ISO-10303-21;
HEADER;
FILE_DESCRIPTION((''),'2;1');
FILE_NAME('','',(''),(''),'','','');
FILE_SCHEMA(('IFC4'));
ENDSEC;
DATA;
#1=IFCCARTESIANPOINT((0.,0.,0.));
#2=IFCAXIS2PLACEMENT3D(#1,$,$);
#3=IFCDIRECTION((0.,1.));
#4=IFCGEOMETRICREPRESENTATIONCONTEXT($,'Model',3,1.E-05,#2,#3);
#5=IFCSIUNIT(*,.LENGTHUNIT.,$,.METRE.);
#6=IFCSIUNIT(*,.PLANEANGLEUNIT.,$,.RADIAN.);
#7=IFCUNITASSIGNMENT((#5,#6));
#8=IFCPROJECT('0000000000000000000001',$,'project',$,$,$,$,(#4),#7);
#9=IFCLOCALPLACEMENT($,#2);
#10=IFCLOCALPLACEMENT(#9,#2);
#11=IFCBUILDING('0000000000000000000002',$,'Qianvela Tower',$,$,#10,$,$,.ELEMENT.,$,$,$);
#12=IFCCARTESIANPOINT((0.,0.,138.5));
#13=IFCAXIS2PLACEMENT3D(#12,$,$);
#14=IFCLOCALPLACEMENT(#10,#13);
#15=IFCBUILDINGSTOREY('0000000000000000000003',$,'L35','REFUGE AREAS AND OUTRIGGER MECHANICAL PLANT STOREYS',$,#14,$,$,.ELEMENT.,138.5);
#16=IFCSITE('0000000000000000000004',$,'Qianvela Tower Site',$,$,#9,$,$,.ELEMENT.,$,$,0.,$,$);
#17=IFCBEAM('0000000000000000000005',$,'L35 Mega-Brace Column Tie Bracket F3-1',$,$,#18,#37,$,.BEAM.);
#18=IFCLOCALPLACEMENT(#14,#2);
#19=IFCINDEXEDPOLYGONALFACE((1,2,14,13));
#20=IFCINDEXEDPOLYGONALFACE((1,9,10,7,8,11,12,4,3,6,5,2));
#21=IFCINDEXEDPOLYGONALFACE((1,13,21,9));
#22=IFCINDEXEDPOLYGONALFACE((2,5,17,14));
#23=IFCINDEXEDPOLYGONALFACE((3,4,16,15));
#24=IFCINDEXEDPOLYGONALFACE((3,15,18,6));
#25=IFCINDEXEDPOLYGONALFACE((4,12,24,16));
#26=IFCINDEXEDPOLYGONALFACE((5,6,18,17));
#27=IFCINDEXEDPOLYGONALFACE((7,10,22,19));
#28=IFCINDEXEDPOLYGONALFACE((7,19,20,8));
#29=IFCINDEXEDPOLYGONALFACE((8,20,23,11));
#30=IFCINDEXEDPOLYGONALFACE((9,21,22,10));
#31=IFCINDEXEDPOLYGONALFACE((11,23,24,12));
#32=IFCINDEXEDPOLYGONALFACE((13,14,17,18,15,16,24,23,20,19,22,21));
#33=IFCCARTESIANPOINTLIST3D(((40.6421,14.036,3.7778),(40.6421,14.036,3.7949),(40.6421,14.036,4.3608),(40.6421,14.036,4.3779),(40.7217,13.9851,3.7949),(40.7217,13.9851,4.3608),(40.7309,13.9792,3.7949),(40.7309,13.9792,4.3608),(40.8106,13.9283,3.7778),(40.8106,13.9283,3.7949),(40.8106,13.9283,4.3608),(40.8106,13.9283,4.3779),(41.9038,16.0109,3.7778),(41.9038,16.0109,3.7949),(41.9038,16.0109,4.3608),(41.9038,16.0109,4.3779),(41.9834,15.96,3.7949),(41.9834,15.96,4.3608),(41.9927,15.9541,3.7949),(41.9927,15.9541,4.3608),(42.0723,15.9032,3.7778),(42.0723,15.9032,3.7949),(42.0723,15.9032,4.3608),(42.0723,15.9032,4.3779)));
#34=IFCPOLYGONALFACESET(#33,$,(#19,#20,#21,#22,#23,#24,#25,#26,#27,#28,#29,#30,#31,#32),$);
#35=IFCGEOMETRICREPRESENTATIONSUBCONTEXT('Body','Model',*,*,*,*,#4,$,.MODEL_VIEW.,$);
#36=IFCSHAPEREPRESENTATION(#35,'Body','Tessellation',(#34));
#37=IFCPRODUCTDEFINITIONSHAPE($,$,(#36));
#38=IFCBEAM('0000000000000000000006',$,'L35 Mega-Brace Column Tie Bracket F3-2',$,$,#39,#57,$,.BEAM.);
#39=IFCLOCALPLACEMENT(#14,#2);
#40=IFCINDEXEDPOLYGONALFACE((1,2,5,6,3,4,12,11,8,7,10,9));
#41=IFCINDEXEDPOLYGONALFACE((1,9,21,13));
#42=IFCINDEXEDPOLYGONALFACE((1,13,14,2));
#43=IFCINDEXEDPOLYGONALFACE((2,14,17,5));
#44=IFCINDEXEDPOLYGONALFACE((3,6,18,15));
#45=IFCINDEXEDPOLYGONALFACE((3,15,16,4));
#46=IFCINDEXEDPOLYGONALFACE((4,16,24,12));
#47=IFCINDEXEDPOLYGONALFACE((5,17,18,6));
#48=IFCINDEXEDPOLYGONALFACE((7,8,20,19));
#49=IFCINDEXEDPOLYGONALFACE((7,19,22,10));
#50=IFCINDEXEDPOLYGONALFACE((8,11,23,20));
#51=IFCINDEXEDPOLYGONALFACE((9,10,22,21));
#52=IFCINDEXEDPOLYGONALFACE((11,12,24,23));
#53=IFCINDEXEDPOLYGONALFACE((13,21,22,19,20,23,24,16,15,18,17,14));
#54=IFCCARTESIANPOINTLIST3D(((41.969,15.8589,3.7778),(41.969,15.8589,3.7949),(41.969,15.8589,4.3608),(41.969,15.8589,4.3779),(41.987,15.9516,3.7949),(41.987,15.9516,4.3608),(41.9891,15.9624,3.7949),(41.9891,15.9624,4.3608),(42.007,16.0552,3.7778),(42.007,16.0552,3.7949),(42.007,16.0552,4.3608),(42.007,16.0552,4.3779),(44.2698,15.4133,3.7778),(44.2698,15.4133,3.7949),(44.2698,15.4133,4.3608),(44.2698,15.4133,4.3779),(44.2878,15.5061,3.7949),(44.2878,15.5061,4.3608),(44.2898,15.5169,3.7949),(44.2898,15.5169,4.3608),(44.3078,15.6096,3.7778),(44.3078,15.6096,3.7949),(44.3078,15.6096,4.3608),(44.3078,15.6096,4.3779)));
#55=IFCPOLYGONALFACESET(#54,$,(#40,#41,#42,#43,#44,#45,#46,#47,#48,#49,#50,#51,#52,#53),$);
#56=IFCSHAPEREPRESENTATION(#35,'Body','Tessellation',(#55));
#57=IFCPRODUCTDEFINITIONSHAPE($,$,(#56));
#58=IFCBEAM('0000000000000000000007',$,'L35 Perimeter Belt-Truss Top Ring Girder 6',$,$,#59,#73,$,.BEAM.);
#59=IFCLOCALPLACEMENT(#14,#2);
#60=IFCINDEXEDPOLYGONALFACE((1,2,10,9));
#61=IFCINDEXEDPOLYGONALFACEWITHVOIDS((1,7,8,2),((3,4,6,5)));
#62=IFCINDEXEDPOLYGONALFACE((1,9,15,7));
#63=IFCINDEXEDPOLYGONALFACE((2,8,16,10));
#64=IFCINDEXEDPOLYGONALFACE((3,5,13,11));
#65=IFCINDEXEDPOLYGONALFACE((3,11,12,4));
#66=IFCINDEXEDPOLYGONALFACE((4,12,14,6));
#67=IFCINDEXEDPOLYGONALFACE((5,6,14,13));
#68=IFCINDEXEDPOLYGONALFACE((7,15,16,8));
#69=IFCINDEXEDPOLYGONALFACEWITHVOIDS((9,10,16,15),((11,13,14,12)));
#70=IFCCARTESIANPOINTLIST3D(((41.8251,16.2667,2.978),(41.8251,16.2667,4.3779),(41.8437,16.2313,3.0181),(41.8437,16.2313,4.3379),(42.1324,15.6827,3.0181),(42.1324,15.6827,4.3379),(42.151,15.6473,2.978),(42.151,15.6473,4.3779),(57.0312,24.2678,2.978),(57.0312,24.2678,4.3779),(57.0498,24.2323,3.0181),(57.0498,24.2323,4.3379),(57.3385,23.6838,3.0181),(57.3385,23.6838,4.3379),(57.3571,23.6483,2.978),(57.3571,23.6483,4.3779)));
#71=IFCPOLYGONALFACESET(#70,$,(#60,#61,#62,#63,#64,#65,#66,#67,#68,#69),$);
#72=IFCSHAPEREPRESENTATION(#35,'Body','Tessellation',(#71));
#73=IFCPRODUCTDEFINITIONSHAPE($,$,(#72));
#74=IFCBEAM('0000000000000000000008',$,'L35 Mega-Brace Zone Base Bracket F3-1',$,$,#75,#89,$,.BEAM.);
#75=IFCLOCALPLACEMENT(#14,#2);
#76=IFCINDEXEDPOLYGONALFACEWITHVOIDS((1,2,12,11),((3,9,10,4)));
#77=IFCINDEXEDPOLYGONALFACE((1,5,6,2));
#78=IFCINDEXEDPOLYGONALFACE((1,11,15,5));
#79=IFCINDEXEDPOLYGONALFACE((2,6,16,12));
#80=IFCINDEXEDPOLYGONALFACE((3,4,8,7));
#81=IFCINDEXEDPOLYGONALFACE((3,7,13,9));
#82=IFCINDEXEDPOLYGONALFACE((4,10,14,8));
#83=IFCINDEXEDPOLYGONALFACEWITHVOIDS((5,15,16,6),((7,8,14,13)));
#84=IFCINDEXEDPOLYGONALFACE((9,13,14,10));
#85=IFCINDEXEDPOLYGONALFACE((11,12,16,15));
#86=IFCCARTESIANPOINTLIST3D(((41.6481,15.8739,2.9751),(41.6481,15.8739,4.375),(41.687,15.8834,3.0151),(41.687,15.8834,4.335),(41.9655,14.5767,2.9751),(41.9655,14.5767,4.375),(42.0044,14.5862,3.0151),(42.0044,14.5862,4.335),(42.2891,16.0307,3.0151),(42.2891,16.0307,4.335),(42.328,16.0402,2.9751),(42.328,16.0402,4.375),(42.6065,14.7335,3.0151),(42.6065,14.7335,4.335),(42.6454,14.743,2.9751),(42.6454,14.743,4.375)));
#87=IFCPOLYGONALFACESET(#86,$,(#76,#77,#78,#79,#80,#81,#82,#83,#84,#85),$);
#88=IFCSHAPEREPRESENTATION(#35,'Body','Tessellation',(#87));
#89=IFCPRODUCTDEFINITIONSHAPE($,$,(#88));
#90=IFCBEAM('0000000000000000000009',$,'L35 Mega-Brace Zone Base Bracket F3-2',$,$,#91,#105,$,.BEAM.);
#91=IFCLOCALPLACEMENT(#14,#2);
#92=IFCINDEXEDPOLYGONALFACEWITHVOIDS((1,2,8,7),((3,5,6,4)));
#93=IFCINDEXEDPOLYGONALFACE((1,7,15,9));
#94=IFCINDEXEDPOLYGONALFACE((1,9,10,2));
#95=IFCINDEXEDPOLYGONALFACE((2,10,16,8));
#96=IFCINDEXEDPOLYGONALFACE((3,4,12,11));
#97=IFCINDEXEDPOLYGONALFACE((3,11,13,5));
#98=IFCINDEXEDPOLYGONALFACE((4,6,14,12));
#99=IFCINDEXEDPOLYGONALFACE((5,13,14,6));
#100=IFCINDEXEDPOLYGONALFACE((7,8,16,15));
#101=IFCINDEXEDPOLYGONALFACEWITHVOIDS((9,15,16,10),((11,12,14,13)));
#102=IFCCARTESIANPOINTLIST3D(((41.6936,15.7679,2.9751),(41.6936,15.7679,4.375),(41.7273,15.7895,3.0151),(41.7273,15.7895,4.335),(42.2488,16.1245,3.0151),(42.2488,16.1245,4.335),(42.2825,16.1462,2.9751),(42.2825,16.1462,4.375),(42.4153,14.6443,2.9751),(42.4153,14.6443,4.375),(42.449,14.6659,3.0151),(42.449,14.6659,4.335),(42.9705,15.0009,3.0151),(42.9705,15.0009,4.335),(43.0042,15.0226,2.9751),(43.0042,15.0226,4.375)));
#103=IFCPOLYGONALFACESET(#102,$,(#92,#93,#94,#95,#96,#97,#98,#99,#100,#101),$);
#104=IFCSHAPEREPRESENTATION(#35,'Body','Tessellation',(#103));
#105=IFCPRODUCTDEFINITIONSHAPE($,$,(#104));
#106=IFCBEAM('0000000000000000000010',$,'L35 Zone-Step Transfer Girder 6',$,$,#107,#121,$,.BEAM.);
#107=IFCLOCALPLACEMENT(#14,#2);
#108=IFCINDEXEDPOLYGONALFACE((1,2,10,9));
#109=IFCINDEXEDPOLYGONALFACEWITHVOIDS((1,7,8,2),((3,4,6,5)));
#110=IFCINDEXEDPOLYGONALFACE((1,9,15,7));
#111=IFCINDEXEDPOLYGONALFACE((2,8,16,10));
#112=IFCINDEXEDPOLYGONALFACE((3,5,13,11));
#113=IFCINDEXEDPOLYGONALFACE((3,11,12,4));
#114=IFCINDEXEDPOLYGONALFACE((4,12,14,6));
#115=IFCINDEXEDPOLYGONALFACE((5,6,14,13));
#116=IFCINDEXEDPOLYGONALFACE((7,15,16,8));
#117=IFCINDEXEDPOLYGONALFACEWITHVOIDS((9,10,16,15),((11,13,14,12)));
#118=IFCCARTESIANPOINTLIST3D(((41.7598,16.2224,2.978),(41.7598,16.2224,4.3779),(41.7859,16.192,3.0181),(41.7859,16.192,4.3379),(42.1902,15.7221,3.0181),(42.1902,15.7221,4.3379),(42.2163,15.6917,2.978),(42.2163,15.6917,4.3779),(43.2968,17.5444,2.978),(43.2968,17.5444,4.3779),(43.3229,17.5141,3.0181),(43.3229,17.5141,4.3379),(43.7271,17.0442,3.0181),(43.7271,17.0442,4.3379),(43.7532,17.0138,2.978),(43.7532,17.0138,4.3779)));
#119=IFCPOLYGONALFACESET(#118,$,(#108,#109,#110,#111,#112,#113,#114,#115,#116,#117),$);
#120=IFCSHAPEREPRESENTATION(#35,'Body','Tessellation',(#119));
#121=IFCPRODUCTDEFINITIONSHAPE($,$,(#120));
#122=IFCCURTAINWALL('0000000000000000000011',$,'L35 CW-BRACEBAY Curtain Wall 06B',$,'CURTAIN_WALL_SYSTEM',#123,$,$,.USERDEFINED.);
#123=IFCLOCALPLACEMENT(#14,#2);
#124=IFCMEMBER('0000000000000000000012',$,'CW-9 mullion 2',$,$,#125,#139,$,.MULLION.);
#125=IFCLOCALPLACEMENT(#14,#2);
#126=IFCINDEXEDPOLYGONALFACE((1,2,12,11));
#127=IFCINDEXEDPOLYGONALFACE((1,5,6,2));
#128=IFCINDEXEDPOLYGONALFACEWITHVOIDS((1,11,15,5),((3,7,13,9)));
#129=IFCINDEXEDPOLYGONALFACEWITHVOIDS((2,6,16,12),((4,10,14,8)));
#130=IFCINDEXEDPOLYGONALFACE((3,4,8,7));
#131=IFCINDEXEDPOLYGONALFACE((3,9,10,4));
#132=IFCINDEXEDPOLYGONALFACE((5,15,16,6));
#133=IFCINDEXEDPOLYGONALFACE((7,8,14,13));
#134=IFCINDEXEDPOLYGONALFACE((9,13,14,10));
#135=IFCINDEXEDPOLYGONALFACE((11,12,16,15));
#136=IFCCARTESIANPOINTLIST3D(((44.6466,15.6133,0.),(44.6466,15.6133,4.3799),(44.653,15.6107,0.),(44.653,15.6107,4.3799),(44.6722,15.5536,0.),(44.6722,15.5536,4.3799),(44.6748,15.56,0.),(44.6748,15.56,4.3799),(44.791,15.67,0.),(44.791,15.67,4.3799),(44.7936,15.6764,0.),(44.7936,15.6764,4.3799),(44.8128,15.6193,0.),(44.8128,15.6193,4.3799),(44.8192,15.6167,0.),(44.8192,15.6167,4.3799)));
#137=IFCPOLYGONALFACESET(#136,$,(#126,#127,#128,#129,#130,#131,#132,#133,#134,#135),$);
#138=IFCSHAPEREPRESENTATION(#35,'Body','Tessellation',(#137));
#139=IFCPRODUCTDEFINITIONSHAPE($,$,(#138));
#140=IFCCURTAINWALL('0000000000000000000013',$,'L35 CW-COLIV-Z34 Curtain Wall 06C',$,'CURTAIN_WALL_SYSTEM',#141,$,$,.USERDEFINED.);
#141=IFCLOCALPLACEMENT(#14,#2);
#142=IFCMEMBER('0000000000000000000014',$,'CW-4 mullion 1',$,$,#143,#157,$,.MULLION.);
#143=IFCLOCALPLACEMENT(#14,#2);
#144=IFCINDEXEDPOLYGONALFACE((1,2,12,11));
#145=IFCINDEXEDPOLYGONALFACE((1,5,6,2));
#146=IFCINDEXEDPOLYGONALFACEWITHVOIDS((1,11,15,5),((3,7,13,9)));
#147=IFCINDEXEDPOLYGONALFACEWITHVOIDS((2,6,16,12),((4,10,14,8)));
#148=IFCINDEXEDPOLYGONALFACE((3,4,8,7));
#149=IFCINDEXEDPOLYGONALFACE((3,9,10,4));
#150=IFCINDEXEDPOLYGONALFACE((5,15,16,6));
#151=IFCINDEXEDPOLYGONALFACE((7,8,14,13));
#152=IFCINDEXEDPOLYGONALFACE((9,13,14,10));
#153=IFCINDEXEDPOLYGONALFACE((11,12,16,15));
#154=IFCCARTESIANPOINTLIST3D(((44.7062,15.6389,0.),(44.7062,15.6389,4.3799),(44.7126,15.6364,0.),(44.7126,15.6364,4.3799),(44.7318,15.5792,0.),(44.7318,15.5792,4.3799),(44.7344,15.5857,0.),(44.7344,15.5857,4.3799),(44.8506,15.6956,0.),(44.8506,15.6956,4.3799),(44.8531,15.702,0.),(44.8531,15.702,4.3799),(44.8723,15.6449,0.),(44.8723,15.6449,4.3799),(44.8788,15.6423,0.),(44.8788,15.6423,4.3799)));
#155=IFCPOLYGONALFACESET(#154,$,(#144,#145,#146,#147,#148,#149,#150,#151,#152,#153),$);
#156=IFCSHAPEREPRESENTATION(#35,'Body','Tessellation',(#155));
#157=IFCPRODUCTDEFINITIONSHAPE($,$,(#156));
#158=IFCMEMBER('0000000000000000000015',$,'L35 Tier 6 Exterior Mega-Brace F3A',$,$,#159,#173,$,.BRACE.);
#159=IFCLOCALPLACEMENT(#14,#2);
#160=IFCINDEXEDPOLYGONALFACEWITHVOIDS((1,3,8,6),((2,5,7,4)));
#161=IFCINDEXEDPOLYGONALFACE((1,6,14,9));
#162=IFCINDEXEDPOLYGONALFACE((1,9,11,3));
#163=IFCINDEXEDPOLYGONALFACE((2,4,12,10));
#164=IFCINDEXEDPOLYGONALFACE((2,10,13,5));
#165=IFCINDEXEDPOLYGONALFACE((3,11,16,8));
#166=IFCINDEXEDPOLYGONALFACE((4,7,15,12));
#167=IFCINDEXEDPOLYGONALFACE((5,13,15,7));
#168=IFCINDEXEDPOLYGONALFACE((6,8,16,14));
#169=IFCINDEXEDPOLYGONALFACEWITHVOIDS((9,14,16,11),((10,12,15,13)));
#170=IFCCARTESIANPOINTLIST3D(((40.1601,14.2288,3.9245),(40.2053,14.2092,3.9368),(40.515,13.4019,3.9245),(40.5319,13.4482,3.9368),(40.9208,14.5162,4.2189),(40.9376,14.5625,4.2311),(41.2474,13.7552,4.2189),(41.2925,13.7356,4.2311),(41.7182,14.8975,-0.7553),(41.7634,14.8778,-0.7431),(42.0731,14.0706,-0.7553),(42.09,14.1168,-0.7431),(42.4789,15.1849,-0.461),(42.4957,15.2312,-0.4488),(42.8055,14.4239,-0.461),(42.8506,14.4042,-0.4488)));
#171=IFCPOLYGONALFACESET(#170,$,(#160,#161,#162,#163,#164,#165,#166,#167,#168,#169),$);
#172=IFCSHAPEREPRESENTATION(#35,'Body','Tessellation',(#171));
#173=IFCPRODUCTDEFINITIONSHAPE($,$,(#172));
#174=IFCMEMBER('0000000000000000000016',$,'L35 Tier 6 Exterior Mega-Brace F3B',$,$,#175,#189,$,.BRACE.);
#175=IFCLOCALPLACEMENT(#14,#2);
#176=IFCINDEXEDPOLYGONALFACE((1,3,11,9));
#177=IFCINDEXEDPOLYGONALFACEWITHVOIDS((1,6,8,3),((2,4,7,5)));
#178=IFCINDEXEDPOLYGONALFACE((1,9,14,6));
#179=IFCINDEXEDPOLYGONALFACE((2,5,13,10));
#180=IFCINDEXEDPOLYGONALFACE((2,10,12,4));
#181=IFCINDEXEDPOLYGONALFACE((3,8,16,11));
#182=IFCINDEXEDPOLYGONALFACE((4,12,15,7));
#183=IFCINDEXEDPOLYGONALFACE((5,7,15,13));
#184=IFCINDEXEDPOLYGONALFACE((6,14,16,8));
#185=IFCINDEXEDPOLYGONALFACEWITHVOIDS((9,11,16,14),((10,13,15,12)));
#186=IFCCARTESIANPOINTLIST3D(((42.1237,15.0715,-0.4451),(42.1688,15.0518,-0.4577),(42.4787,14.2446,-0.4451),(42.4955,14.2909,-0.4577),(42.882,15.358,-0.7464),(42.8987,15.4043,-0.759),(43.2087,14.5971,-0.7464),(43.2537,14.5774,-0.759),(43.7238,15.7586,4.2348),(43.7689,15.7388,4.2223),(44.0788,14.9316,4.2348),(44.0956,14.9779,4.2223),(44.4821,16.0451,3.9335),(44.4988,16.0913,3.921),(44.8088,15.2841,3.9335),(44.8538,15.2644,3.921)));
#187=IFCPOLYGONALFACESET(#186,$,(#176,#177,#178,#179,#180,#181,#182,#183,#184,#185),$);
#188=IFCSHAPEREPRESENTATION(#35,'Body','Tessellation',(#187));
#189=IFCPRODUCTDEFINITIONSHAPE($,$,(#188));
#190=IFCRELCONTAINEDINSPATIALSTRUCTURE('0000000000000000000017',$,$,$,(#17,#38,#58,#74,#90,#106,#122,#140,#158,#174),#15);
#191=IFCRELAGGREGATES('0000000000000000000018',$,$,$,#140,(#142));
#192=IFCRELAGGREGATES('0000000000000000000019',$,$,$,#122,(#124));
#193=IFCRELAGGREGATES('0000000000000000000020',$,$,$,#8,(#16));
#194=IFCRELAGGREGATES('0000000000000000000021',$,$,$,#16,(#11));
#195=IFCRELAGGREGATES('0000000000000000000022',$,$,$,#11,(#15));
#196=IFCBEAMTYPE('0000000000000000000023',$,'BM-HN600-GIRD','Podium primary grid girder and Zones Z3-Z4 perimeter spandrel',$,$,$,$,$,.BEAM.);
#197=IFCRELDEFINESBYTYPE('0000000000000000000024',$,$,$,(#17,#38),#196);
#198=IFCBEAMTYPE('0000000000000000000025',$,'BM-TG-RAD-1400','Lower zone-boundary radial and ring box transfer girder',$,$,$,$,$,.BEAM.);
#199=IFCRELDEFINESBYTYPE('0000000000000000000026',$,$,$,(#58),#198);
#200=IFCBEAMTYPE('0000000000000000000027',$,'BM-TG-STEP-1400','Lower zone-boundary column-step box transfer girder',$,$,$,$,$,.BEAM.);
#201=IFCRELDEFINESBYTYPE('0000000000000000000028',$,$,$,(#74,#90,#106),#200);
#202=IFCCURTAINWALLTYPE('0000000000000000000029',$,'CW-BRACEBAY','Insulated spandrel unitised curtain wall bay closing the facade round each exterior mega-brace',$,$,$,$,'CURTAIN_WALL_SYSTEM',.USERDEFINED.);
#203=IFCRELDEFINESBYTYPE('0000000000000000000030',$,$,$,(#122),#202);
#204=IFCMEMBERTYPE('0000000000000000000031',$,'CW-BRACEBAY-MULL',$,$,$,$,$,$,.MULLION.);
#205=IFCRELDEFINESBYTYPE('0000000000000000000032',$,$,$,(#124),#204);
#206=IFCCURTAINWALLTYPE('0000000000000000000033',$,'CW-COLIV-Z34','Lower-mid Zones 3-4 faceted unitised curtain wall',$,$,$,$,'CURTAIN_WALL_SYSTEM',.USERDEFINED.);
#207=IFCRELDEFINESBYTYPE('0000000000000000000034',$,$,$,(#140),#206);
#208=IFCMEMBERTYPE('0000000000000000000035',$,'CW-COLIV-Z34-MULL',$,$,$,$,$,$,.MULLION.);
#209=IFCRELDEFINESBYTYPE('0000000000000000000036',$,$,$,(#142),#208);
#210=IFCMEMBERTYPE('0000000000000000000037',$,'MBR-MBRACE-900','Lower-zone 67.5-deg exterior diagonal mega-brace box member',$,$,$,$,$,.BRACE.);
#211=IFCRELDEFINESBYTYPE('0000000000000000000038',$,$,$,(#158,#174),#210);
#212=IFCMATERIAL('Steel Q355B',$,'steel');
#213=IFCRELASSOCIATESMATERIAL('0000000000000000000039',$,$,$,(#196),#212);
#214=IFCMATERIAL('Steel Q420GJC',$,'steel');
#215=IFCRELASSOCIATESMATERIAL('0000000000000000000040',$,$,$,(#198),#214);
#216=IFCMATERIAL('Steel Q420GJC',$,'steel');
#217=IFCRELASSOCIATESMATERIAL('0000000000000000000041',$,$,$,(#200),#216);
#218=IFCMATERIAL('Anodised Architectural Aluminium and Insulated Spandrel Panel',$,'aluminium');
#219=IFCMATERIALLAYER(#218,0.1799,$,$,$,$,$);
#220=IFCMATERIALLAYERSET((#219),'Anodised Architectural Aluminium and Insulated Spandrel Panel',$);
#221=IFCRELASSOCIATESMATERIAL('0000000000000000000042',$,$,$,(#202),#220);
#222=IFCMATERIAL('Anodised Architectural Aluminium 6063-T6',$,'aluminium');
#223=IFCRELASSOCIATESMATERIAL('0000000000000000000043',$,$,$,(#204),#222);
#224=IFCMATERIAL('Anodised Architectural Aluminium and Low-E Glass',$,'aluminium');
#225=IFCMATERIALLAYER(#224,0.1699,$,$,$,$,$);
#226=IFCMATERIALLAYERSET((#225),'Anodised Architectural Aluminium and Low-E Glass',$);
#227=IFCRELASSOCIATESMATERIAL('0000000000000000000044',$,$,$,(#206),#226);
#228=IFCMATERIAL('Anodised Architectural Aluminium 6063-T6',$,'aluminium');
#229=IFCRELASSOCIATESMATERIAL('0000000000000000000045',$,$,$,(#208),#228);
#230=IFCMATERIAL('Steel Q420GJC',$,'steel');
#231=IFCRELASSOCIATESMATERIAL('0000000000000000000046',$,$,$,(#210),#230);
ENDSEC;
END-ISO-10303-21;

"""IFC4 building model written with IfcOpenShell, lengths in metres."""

from ifc_helpers import new_model, si_unit, direction, frame, origin, origin_2d, place, context, subcontext, project, spatial, hollow_rectangle, i_section, extrude, material, layer, layer_set, material_profile, profile_set, type_object, element, aggregate, save


model = new_model("IFC4")

# Units and contexts
model_context = context("Model", 3, precision=1e-05, world=origin(), true_north=direction((0.0, 1.0)))
body_context = subcontext(model_context, "Body", "Model", "MODEL_VIEW")
ifc_project = project(units=[si_unit("LENGTHUNIT", "METRE"), si_unit("PLANEANGLEUNIT", "RADIAN")], contexts=[model_context])

# Site, building, storey
site_placement = place(None, origin())
site = spatial("IfcSite", under=ifc_project, at=site_placement, Name="Qianvela Tower Site", CompositionType="ELEMENT", RefElevation=0.0)
building_placement = place(site_placement, origin())
building = spatial("IfcBuilding", under=site, at=building_placement, Name="Qianvela Tower", CompositionType="ELEMENT")
storey_placement = place(building_placement, frame((0.0, 0.0, 138.5)))
storey = spatial("IfcBuildingStorey", under=building, at=storey_placement, Name="L35", Description="REFUGE AREAS AND OUTRIGGER MECHANICAL PLANT STOREYS", CompositionType="ELEMENT", Elevation=138.5)

# Beams
ifc_material_1 = material(Name="Steel Q355B", Category="steel")
ifc_material_profile_1 = material_profile(ifc_material_1, i_section(OverallWidth=0.2, OverallDepth=0.6001, WebThickness=0.011, FlangeThickness=0.0171, at=origin_2d()), Name="HN600x200x11x17")
ifc_profile_set_1 = profile_set([ifc_material_profile_1], Name="Steel Q355B")
beam_type_1 = type_object("IfcBeamType", Name="BM-HN600-GIRD", Description="Podium primary grid girder and Zones Z3-Z4 perimeter spandrel", PredefinedType="BEAM", material=ifc_profile_set_1)
for number, where, z_axis, x_axis, name in (
    (1, (41.988, 15.957, 4.0779), (-0.538391, -0.842695, 0.0), (0.842695, -0.538391, 0.0), "L35 Mega-Brace Column Tie Bracket F3-1"),
    (2, (41.988, 15.957, 4.0779), (0.98176, -0.190122, 0.0), (0.190122, 0.98176, 0.0), "L35 Mega-Brace Column Tie Bracket F3-2"),
):
    element("IfcBeam", number, at=place(storey_placement, frame(where, z_axis=z_axis, x_axis=x_axis)), inside=storey, type_object=beam_type_1, Name=name, PredefinedType="BEAM", context=body_context, shape_type="SweptSolid", body=[
        extrude(i_section(OverallWidth=0.2, OverallDepth=0.6001, WebThickness=0.011, FlangeThickness=0.0171, at=origin_2d()), origin(), (0.0, 0.0, 1.0), 2.3435),
    ])
ifc_material_2 = material(Name="Steel Q420GJC", Category="steel")
ifc_material_profile_2 = material_profile(ifc_material_2, hollow_rectangle(XDim=0.7, YDim=1.3999, WallThickness=0.04, at=origin_2d()), Name="TG-BOX-1400x700x40")
ifc_profile_set_2 = profile_set([ifc_material_profile_2], Name="Steel Q420GJC")
beam_type_2 = type_object("IfcBeamType", Name="BM-TG-RAD-1400", Description="Lower zone-boundary radial and ring box transfer girder", PredefinedType="BEAM", material=ifc_profile_set_2)
beam_1_placement = place(storey_placement, frame((41.988, 15.957, 3.678), z_axis=(0.884971, 0.465646, 0.0), x_axis=(-0.465646, 0.884971, 0.0)))
element("IfcBeam", 3, at=beam_1_placement, inside=storey, type_object=beam_type_2, Name="L35 Perimeter Belt-Truss Top Ring Girder 6", PredefinedType="BEAM", context=body_context, shape_type="SweptSolid", body=[
    extrude(hollow_rectangle(XDim=0.7, YDim=1.3999, WallThickness=0.04, at=origin_2d()), origin(), (0.0, 0.0, 1.0), 17.1826),
])
ifc_material_3 = material(Name="Steel Q420GJC", Category="steel")
ifc_material_profile_3 = material_profile(ifc_material_3, hollow_rectangle(XDim=0.7, YDim=1.3999, WallThickness=0.04, at=origin_2d()), Name="TG-BOX-1400x700x40")
ifc_profile_set_3 = profile_set([ifc_material_profile_3], Name="Steel Q420GJC")
beam_type_3 = type_object("IfcBeamType", Name="BM-TG-STEP-1400", Description="Lower zone-boundary column-step box transfer girder", PredefinedType="BEAM", material=ifc_profile_set_3)
for number, where, z_axis, x_axis, name in (
    (4, (41.988, 15.957, 3.675), (0.237672, -0.971346, 0.0), (0.971346, 0.237672, 0.0), "L35 Mega-Brace Zone Base Bracket F3-1"),
    (5, (41.988, 15.957, 3.675), (0.540443, -0.84138, 0.0), (0.84138, 0.540443, 0.0), "L35 Mega-Brace Zone Base Bracket F3-2"),
):
    element("IfcBeam", number, at=place(storey_placement, frame(where, z_axis=z_axis, x_axis=x_axis)), inside=storey, type_object=beam_type_3, Name=name, PredefinedType="BEAM", context=body_context, shape_type="SweptSolid", body=[
        extrude(hollow_rectangle(XDim=0.7, YDim=1.3999, WallThickness=0.04, at=origin_2d()), origin(), (0.0, 0.0, 1.0), 1.3354),
    ])
beam_2_placement = place(storey_placement, frame((41.988, 15.957, 3.678), z_axis=(0.758108, 0.652129, 0.0), x_axis=(-0.652129, 0.758108, 0.0)))
element("IfcBeam", 6, at=beam_2_placement, inside=storey, type_object=beam_type_3, Name="L35 Zone-Step Transfer Girder 6", PredefinedType="BEAM", context=body_context, shape_type="SweptSolid", body=[
    extrude(hollow_rectangle(XDim=0.7, YDim=1.3999, WallThickness=0.04, at=origin_2d()), origin(), (0.0, 0.0, 1.0), 2.0273),
])

# Curtain walls, members
ifc_material_4 = material(Name="Anodised Architectural Aluminium and Insulated Spandrel Panel", Category="aluminium")
ifc_layer_1 = layer(ifc_material_4, 0.1799)
ifc_layer_set_1 = layer_set([ifc_layer_1], Name="Anodised Architectural Aluminium and Insulated Spandrel Panel")
curtain_wall_type_1 = type_object("IfcCurtainWallType", Name="CW-BRACEBAY", Description="Insulated spandrel unitised curtain wall bay closing the facade round each exterior mega-brace", ElementType="CURTAIN_WALL_SYSTEM", PredefinedType="USERDEFINED", material=ifc_layer_set_1)
curtain_wall_1_placement = place(storey_placement, origin())
curtain_wall_1 = element("IfcCurtainWall", 7, at=curtain_wall_1_placement, inside=storey, type_object=curtain_wall_type_1, Name="L35 CW-BRACEBAY Curtain Wall 06B", ObjectType="CURTAIN_WALL_SYSTEM", PredefinedType="USERDEFINED")
ifc_material_5 = material(Name="Anodised Architectural Aluminium 6063-T6", Category="aluminium")
ifc_material_profile_4 = material_profile(ifc_material_5, hollow_rectangle(XDim=0.0649, YDim=0.1599, WallThickness=0.0049, at=origin_2d()), Name="ALU-MULL-65x160")
ifc_profile_set_4 = profile_set([ifc_material_profile_4], Name="Anodised Architectural Aluminium 6063-T6")
member_type_1 = type_object("IfcMemberType", Name="CW-BRACEBAY-MULL", PredefinedType="MULLION", material=ifc_profile_set_4)
member_1_placement = place(storey_placement, frame((44.7329, 15.615, 0.0), z_axis=(0.0, 0.0, 1.0), x_axis=(-0.394465, 0.918911, 0.0)))
member_1 = element("IfcMember", 8, at=member_1_placement, type_object=member_type_1, Name="CW-9 mullion 2", PredefinedType="MULLION", context=body_context, shape_type="SweptSolid", body=[
    extrude(hollow_rectangle(XDim=0.0649, YDim=0.1599, WallThickness=0.0049, at=origin_2d()), origin(), (0.0, 0.0, 1.0), 4.3799),
])
ifc_material_6 = material(Name="Anodised Architectural Aluminium and Low-E Glass", Category="aluminium")
ifc_layer_2 = layer(ifc_material_6, 0.1699)
ifc_layer_set_2 = layer_set([ifc_layer_2], Name="Anodised Architectural Aluminium and Low-E Glass")
curtain_wall_type_2 = type_object("IfcCurtainWallType", Name="CW-COLIV-Z34", Description="Lower-mid Zones 3-4 faceted unitised curtain wall", ElementType="CURTAIN_WALL_SYSTEM", PredefinedType="USERDEFINED", material=ifc_layer_set_2)
curtain_wall_2_placement = place(storey_placement, origin())
curtain_wall_2 = element("IfcCurtainWall", 9, at=curtain_wall_2_placement, inside=storey, type_object=curtain_wall_type_2, Name="L35 CW-COLIV-Z34 Curtain Wall 06C", ObjectType="CURTAIN_WALL_SYSTEM", PredefinedType="USERDEFINED")
ifc_material_7 = material(Name="Anodised Architectural Aluminium 6063-T6", Category="aluminium")
ifc_material_profile_5 = material_profile(ifc_material_7, hollow_rectangle(XDim=0.0649, YDim=0.1599, WallThickness=0.0049, at=origin_2d()), Name="ALU-MULL-65x160")
ifc_profile_set_5 = profile_set([ifc_material_profile_5], Name="Anodised Architectural Aluminium 6063-T6")
member_type_2 = type_object("IfcMemberType", Name="CW-COLIV-Z34-MULL", PredefinedType="MULLION", material=ifc_profile_set_5)
member_2_placement = place(storey_placement, frame((44.7925, 15.6406, 0.0), z_axis=(0.0, 0.0, 1.0), x_axis=(-0.394472, 0.918908, 0.0)))
member_2 = element("IfcMember", 10, at=member_2_placement, type_object=member_type_2, Name="CW-4 mullion 1", PredefinedType="MULLION", context=body_context, shape_type="SweptSolid", body=[
    extrude(hollow_rectangle(XDim=0.0649, YDim=0.1599, WallThickness=0.0049, at=origin_2d()), origin(), (0.0, 0.0, 1.0), 4.3799),
])
aggregate(curtain_wall_2, [member_2])

# Members
ifc_material_8 = material(Name="Steel Q420GJC", Category="steel")
ifc_material_profile_6 = material_profile(ifc_material_8, hollow_rectangle(XDim=0.8999, YDim=0.8999, WallThickness=0.0359, at=origin_2d()), Name="MBOX-900x900x36")
ifc_profile_set_6 = profile_set([ifc_material_profile_6], Name="Steel Q420GJC")
member_type_3 = type_object("IfcMemberType", Name="MBR-MBRACE-900", Description="Lower-zone 67.5-deg exterior diagonal mega-brace box member", PredefinedType="BRACE", material=ifc_profile_set_6)
member_3_placement = place(storey_placement, frame((42.2844, 14.6509, -0.6021), z_axis=(-0.313023, -0.134342, 0.940196), x_axis=(0.394388, -0.918944, 0.0)))
element("IfcMember", 11, at=member_3_placement, inside=storey, type_object=member_type_3, Name="L35 Tier 6 Exterior Mega-Brace F3A", PredefinedType="BRACE", context=body_context, shape_type="SweptSolid", body=[
    extrude(hollow_rectangle(XDim=0.8999, YDim=0.8999, WallThickness=0.0359, at=origin_2d()), origin(), (0.0, 0.0, 1.0), 4.9775),
])
member_4_placement = place(storey_placement, frame((42.6887, 14.8245, -0.6021), z_axis=(0.320442, 0.137584, 0.937223), x_axis=(-0.394528, 0.918884, 0.0)))
element("IfcMember", 12, at=member_4_placement, inside=storey, type_object=member_type_3, Name="L35 Tier 6 Exterior Mega-Brace F3B", PredefinedType="BRACE", context=body_context, shape_type="SweptSolid", body=[
    extrude(hollow_rectangle(XDim=0.8999, YDim=0.8999, WallThickness=0.0359, at=origin_2d()), origin(), (0.0, 0.0, 1.0), 4.9934),
])

aggregate(curtain_wall_1, [member_1])

save(model, "model.ifc")
